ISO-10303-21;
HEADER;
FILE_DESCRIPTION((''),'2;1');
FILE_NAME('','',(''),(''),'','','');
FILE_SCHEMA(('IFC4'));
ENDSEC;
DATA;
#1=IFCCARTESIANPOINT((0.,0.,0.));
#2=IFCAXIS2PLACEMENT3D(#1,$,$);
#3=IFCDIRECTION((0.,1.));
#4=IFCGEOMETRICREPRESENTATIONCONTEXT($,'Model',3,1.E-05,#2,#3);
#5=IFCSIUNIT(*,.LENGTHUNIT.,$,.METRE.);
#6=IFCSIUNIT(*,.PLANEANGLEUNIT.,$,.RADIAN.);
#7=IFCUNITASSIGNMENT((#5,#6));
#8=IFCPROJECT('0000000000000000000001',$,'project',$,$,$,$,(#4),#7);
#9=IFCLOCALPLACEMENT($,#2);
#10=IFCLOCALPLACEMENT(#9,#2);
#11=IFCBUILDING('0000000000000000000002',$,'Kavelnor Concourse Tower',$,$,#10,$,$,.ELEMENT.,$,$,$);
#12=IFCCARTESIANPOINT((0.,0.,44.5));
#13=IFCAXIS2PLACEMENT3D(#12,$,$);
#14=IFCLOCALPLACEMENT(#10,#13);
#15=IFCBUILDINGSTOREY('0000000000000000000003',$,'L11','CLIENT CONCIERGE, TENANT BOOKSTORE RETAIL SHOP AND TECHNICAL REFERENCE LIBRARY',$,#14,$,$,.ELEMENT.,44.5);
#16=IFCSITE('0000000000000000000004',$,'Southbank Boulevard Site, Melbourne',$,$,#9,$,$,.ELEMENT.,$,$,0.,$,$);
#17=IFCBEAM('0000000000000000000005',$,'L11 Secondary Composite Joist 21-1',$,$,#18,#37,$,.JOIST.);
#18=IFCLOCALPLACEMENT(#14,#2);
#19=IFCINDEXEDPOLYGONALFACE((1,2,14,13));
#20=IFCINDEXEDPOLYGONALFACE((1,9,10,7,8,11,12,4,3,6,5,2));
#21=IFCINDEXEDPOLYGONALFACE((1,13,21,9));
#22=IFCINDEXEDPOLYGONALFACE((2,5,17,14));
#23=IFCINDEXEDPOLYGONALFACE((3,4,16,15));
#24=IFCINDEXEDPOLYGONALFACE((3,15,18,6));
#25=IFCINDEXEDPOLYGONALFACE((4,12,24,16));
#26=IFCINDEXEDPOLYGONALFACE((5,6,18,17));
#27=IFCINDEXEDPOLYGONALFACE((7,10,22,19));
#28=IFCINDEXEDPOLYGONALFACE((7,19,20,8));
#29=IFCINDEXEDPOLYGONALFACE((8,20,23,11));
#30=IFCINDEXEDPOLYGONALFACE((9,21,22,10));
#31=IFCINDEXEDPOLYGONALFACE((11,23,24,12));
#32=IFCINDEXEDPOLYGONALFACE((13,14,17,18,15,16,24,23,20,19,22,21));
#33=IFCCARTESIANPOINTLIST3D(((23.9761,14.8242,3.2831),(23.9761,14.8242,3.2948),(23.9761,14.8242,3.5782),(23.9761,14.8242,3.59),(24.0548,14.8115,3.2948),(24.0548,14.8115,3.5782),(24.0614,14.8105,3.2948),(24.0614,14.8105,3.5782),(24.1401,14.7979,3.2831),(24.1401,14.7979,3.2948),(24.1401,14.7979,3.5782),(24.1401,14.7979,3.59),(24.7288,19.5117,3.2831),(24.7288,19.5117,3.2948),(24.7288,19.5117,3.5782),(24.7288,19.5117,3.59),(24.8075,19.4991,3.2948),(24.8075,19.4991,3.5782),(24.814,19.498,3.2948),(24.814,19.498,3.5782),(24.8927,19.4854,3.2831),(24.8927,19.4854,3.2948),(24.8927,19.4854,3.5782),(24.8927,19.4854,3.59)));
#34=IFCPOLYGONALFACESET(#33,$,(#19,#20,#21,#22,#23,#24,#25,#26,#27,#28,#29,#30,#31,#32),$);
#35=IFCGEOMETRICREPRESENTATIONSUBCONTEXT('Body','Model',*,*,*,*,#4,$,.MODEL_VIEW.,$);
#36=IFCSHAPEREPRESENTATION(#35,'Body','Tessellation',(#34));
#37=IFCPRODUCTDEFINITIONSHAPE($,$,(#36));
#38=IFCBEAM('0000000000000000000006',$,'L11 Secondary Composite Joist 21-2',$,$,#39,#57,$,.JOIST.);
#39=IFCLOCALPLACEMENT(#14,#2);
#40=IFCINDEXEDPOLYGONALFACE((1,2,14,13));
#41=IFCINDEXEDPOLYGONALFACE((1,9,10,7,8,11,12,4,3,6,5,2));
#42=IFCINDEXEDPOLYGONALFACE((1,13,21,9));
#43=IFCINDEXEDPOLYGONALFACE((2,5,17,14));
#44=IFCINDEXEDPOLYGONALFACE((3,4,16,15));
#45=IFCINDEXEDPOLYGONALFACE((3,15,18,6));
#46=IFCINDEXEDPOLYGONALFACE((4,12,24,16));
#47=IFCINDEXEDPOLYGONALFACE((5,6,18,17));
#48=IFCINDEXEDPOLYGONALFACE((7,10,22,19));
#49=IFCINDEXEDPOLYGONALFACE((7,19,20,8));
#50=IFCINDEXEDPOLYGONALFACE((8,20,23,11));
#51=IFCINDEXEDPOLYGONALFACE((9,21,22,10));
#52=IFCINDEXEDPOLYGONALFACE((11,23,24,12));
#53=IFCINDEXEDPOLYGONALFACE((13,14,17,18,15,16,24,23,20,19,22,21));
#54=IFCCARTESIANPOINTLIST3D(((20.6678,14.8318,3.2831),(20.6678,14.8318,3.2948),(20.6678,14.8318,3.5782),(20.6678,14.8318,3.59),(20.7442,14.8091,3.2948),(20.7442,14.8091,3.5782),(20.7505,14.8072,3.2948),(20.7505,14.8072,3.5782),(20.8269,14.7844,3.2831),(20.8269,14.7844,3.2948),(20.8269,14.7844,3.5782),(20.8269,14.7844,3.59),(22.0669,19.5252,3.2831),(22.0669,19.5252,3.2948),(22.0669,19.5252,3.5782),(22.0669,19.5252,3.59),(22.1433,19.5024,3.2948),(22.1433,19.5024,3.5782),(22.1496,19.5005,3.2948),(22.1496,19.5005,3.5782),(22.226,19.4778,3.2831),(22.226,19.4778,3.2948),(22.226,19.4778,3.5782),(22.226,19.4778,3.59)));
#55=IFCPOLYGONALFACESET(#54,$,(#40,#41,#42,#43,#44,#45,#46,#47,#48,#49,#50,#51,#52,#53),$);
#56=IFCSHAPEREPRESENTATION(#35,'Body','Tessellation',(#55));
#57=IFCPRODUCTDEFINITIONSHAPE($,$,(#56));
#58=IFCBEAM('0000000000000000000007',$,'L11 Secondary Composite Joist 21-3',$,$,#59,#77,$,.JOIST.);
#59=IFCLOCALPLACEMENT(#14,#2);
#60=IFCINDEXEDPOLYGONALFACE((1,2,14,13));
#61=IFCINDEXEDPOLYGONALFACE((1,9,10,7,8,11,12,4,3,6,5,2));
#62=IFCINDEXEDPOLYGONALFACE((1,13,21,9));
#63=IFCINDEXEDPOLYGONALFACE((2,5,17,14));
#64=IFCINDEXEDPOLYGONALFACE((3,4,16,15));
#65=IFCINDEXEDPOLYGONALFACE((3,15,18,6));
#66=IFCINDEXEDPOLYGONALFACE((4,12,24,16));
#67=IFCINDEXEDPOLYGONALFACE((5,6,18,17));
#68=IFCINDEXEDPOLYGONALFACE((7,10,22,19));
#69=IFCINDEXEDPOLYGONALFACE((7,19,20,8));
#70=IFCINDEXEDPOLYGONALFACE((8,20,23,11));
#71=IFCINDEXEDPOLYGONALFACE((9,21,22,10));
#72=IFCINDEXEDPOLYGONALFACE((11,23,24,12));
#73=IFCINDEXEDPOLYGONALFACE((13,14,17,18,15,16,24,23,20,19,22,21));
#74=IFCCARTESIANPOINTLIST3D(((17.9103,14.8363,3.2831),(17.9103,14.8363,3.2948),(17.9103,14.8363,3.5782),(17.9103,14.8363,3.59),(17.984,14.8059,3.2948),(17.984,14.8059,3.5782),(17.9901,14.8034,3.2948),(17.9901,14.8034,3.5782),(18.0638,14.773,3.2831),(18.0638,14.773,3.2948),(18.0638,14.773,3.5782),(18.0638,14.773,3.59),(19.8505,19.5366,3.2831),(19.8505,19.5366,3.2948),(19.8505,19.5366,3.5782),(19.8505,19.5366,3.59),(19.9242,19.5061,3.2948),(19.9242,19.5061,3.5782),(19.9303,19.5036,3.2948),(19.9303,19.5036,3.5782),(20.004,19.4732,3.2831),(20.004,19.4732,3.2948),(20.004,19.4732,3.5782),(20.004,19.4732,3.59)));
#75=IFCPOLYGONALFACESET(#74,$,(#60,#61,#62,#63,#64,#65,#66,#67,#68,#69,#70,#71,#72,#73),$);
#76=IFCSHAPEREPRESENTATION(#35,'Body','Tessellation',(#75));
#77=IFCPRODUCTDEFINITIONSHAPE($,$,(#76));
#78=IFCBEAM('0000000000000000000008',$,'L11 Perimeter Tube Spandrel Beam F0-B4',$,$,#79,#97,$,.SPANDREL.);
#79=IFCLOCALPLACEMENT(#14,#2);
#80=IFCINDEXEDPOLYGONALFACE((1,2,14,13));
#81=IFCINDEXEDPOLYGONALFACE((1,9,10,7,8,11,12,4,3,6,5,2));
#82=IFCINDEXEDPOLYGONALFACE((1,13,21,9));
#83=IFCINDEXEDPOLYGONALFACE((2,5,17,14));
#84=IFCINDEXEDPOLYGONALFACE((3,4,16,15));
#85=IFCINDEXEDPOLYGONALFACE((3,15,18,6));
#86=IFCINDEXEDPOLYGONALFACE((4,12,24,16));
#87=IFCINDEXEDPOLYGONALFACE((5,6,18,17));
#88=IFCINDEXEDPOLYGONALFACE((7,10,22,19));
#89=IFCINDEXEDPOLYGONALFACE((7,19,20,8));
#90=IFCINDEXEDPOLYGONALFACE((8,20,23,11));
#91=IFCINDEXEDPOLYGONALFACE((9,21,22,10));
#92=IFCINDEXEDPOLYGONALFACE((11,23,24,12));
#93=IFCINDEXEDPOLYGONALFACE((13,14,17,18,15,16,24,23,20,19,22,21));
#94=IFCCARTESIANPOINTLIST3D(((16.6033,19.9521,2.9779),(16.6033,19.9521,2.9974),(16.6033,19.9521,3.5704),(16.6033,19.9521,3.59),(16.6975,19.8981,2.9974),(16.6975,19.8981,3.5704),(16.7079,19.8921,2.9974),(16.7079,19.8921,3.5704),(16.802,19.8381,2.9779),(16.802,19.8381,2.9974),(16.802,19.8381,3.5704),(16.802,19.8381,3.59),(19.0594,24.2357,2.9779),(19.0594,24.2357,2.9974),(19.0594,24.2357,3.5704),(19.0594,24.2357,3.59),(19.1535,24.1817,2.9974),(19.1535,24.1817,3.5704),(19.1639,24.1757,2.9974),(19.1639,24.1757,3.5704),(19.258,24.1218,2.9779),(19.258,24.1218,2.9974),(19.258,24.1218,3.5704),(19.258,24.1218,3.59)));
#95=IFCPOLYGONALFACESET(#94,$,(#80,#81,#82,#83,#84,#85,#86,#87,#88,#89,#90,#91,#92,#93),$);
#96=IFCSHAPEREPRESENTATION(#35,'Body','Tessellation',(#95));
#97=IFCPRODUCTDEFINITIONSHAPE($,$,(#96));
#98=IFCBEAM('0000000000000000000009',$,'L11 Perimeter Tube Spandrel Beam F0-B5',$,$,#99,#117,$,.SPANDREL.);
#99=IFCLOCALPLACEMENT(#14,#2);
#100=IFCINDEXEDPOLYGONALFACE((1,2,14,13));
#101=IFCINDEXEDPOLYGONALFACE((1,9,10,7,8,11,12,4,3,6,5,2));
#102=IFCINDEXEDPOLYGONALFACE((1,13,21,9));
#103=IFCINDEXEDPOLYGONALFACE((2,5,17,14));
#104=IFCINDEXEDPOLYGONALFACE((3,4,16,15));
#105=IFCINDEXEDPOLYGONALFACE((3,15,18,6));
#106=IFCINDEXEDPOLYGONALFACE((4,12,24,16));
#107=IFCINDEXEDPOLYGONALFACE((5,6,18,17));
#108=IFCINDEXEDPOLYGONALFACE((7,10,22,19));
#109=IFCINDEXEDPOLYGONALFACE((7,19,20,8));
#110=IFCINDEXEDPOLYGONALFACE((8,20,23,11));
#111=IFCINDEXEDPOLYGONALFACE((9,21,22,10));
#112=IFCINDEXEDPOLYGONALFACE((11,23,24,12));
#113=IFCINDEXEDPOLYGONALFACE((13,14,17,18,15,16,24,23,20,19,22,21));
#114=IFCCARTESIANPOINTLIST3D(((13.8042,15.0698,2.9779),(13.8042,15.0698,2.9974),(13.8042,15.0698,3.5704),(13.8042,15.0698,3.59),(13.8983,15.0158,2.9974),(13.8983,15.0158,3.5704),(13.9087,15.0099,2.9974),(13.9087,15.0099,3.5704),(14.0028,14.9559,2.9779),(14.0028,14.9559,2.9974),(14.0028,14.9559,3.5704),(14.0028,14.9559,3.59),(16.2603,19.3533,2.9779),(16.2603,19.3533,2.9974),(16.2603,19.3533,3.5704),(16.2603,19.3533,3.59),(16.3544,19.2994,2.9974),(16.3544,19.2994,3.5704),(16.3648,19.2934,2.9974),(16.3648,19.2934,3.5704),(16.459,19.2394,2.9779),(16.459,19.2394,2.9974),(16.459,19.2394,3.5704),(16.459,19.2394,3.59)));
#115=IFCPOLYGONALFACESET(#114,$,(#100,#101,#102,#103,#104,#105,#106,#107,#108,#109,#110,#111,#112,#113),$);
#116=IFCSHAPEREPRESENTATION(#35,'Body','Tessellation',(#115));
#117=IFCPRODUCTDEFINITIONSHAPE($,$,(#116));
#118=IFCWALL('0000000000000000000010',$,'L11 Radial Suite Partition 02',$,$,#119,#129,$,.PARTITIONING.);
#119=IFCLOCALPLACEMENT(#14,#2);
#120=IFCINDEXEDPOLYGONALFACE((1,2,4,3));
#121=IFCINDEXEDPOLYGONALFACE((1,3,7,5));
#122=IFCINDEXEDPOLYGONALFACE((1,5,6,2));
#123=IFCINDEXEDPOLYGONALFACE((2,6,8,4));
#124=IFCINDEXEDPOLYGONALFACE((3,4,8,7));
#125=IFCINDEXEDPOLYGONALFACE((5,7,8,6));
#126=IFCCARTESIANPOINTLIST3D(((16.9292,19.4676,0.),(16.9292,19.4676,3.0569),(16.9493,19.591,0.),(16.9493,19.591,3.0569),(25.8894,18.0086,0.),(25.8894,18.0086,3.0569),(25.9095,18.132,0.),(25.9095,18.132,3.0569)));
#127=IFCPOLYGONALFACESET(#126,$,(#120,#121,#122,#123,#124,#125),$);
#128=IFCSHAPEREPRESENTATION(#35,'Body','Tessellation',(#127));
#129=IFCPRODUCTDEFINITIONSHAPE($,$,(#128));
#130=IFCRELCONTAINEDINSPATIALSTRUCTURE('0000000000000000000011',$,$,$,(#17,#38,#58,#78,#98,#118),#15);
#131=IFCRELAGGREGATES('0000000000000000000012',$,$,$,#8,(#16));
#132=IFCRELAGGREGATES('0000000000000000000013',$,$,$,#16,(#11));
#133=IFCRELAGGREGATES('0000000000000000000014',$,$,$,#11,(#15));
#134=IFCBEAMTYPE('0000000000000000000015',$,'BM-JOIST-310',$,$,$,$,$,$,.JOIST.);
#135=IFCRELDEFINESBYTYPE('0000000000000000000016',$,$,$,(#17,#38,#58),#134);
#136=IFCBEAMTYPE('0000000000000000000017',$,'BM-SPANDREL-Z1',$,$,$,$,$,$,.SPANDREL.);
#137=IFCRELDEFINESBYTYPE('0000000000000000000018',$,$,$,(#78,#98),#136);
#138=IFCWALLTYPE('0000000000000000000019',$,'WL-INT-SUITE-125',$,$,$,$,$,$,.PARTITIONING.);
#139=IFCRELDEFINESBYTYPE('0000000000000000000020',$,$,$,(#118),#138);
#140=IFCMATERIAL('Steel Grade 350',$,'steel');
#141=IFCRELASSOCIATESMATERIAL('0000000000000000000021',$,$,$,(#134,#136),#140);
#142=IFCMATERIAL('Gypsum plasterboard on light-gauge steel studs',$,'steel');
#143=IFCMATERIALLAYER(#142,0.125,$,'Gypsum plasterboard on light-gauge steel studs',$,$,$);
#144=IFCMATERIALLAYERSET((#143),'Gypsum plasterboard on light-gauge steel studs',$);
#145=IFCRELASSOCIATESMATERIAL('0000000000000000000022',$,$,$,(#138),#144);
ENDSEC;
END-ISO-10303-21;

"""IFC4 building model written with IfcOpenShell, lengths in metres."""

from ifc_helpers import new_model, si_unit, direction, frame, frame_2d, origin, origin_2d, place, context, subcontext, project, spatial, rectangle, i_section, extrude, material, layer, layer_set, material_profile, profile_set, type_object, element, save


model = new_model("IFC4")

# Units and contexts
model_context = context("Model", 3, precision=1e-05, world=origin(), true_north=direction((0.0, 1.0)))
body_context = subcontext(model_context, "Body", "Model", "MODEL_VIEW")
ifc_project = project(units=[si_unit("LENGTHUNIT", "METRE"), si_unit("PLANEANGLEUNIT", "RADIAN")], contexts=[model_context])

# Site, building, storey
site_placement = place(None, origin())
site = spatial("IfcSite", under=ifc_project, at=site_placement, Name="Southbank Boulevard Site, Melbourne", CompositionType="ELEMENT", RefElevation=0.0)
building_placement = place(site_placement, origin())
building = spatial("IfcBuilding", under=site, at=building_placement, Name="Kavelnor Concourse Tower", CompositionType="ELEMENT")
storey_placement = place(building_placement, frame((0.0, 0.0, 44.5)))
storey = spatial("IfcBuildingStorey", under=building, at=storey_placement, Name="L11", Description="CLIENT CONCIERGE, TENANT BOOKSTORE RETAIL SHOP AND TECHNICAL REFERENCE LIBRARY", CompositionType="ELEMENT", Elevation=44.5)

# Shared definitions
ifc_material_1 = material(Name="Steel Grade 350", Category="steel")

# Beams
ifc_material_profile_1 = material_profile(ifc_material_1, i_section(OverallWidth=0.166, OverallDepth=0.3069, WebThickness=0.0066, FlangeThickness=0.0117, at=origin_2d()), Name="310UB46")
ifc_profile_set_1 = profile_set([ifc_material_profile_1], Name="Steel Grade 350")
beam_type_1 = type_object("IfcBeamType", Name="BM-JOIST-310", PredefinedType="JOIST", material=ifc_profile_set_1)
beam_1_placement = place(storey_placement, frame((24.8108, 19.4985, 3.4365), z_axis=(-0.158542, -0.987352, 0.0), x_axis=(0.987352, -0.158542, 0.0)))
element("IfcBeam", 1, at=beam_1_placement, inside=storey, type_object=beam_type_1, Name="L11 Secondary Composite Joist 21-1", PredefinedType="JOIST", context=body_context, shape_type="SweptSolid", body=[
    extrude(i_section(OverallWidth=0.166, OverallDepth=0.3069, WebThickness=0.0066, FlangeThickness=0.0117, at=origin_2d()), origin(), (0.0, 0.0, 1.0), 4.7476),
])
beam_2_placement = place(storey_placement, frame((22.1465, 19.5015, 3.4365), z_axis=(-0.285692, -0.958322, 0.0), x_axis=(0.958322, -0.285692, 0.0)))
element("IfcBeam", 2, at=beam_2_placement, inside=storey, type_object=beam_type_1, Name="L11 Secondary Composite Joist 21-2", PredefinedType="JOIST", context=body_context, shape_type="SweptSolid", body=[
    extrude(i_section(OverallWidth=0.166, OverallDepth=0.3069, WebThickness=0.0066, FlangeThickness=0.0117, at=origin_2d()), origin(), (0.0, 0.0, 1.0), 4.8975),
])
beam_3_placement = place(storey_placement, frame((19.9272, 19.5049, 3.4365), z_axis=(-0.381559, -0.924345, 0.0), x_axis=(0.924345, -0.381559, 0.0)))
element("IfcBeam", 3, at=beam_3_placement, inside=storey, type_object=beam_type_1, Name="L11 Secondary Composite Joist 21-3", PredefinedType="JOIST", context=body_context, shape_type="SweptSolid", body=[
    extrude(i_section(OverallWidth=0.166, OverallDepth=0.3069, WebThickness=0.0066, FlangeThickness=0.0117, at=origin_2d()), origin(), (0.0, 0.0, 1.0), 5.085),
])
ifc_material_profile_2 = material_profile(ifc_material_1, i_section(OverallWidth=0.229, OverallDepth=0.6121, WebThickness=0.012, FlangeThickness=0.0195, at=origin_2d()), Name="610UB125")
ifc_profile_set_2 = profile_set([ifc_material_profile_2], Name="Steel Grade 350")
beam_type_2 = type_object("IfcBeamType", Name="BM-SPANDREL-Z1", PredefinedType="SPANDREL", material=ifc_profile_set_2)
for number, where, z_axis, x_axis, name in (
    (4, (19.1587, 24.1787, 3.2839), (-0.497395, -0.867524, 0.0), (0.867524, -0.497395, 0.0), "L11 Perimeter Tube Spandrel Beam F0-B4"),
    (5, (16.3596, 19.2964, 3.2839), (-0.497416, -0.867512, 0.0), (0.867512, -0.497416, 0.0), "L11 Perimeter Tube Spandrel Beam F0-B5"),
):
    element("IfcBeam", number, at=place(storey_placement, frame(where, z_axis=z_axis, x_axis=x_axis)), inside=storey, type_object=beam_type_2, Name=name, PredefinedType="SPANDREL", context=body_context, shape_type="SweptSolid", body=[
        extrude(i_section(OverallWidth=0.229, OverallDepth=0.6121, WebThickness=0.012, FlangeThickness=0.0195, at=origin_2d()), origin(), (0.0, 0.0, 1.0), 4.9377),
    ])

# Wall
ifc_material_2 = material(Name="Gypsum plasterboard on light-gauge steel studs", Category="steel")
ifc_layer = layer(ifc_material_2, 0.125, Name="Gypsum plasterboard on light-gauge steel studs")
ifc_layer_set = layer_set([ifc_layer], Name="Gypsum plasterboard on light-gauge steel studs")
wall_type = type_object("IfcWallType", Name="WL-INT-SUITE-125", PredefinedType="PARTITIONING", material=ifc_layer_set)
wall_placement = place(storey_placement, frame((25.8994, 18.0703, 0.0), z_axis=(0.0, 0.0, 1.0), x_axis=(-0.987001, 0.160713, 0.0)))
element("IfcWall", 6, at=wall_placement, inside=storey, type_object=wall_type, Name="L11 Radial Suite Partition 02", PredefinedType="PARTITIONING", context=body_context, shape_type="SweptSolid", body=[
    extrude(rectangle(XDim=9.0781, YDim=0.125, at=frame_2d((4.5391, 0.0))), origin(), (0.0, 0.0, 1.0), 3.0569),
])

save(model, "model.ifc")
